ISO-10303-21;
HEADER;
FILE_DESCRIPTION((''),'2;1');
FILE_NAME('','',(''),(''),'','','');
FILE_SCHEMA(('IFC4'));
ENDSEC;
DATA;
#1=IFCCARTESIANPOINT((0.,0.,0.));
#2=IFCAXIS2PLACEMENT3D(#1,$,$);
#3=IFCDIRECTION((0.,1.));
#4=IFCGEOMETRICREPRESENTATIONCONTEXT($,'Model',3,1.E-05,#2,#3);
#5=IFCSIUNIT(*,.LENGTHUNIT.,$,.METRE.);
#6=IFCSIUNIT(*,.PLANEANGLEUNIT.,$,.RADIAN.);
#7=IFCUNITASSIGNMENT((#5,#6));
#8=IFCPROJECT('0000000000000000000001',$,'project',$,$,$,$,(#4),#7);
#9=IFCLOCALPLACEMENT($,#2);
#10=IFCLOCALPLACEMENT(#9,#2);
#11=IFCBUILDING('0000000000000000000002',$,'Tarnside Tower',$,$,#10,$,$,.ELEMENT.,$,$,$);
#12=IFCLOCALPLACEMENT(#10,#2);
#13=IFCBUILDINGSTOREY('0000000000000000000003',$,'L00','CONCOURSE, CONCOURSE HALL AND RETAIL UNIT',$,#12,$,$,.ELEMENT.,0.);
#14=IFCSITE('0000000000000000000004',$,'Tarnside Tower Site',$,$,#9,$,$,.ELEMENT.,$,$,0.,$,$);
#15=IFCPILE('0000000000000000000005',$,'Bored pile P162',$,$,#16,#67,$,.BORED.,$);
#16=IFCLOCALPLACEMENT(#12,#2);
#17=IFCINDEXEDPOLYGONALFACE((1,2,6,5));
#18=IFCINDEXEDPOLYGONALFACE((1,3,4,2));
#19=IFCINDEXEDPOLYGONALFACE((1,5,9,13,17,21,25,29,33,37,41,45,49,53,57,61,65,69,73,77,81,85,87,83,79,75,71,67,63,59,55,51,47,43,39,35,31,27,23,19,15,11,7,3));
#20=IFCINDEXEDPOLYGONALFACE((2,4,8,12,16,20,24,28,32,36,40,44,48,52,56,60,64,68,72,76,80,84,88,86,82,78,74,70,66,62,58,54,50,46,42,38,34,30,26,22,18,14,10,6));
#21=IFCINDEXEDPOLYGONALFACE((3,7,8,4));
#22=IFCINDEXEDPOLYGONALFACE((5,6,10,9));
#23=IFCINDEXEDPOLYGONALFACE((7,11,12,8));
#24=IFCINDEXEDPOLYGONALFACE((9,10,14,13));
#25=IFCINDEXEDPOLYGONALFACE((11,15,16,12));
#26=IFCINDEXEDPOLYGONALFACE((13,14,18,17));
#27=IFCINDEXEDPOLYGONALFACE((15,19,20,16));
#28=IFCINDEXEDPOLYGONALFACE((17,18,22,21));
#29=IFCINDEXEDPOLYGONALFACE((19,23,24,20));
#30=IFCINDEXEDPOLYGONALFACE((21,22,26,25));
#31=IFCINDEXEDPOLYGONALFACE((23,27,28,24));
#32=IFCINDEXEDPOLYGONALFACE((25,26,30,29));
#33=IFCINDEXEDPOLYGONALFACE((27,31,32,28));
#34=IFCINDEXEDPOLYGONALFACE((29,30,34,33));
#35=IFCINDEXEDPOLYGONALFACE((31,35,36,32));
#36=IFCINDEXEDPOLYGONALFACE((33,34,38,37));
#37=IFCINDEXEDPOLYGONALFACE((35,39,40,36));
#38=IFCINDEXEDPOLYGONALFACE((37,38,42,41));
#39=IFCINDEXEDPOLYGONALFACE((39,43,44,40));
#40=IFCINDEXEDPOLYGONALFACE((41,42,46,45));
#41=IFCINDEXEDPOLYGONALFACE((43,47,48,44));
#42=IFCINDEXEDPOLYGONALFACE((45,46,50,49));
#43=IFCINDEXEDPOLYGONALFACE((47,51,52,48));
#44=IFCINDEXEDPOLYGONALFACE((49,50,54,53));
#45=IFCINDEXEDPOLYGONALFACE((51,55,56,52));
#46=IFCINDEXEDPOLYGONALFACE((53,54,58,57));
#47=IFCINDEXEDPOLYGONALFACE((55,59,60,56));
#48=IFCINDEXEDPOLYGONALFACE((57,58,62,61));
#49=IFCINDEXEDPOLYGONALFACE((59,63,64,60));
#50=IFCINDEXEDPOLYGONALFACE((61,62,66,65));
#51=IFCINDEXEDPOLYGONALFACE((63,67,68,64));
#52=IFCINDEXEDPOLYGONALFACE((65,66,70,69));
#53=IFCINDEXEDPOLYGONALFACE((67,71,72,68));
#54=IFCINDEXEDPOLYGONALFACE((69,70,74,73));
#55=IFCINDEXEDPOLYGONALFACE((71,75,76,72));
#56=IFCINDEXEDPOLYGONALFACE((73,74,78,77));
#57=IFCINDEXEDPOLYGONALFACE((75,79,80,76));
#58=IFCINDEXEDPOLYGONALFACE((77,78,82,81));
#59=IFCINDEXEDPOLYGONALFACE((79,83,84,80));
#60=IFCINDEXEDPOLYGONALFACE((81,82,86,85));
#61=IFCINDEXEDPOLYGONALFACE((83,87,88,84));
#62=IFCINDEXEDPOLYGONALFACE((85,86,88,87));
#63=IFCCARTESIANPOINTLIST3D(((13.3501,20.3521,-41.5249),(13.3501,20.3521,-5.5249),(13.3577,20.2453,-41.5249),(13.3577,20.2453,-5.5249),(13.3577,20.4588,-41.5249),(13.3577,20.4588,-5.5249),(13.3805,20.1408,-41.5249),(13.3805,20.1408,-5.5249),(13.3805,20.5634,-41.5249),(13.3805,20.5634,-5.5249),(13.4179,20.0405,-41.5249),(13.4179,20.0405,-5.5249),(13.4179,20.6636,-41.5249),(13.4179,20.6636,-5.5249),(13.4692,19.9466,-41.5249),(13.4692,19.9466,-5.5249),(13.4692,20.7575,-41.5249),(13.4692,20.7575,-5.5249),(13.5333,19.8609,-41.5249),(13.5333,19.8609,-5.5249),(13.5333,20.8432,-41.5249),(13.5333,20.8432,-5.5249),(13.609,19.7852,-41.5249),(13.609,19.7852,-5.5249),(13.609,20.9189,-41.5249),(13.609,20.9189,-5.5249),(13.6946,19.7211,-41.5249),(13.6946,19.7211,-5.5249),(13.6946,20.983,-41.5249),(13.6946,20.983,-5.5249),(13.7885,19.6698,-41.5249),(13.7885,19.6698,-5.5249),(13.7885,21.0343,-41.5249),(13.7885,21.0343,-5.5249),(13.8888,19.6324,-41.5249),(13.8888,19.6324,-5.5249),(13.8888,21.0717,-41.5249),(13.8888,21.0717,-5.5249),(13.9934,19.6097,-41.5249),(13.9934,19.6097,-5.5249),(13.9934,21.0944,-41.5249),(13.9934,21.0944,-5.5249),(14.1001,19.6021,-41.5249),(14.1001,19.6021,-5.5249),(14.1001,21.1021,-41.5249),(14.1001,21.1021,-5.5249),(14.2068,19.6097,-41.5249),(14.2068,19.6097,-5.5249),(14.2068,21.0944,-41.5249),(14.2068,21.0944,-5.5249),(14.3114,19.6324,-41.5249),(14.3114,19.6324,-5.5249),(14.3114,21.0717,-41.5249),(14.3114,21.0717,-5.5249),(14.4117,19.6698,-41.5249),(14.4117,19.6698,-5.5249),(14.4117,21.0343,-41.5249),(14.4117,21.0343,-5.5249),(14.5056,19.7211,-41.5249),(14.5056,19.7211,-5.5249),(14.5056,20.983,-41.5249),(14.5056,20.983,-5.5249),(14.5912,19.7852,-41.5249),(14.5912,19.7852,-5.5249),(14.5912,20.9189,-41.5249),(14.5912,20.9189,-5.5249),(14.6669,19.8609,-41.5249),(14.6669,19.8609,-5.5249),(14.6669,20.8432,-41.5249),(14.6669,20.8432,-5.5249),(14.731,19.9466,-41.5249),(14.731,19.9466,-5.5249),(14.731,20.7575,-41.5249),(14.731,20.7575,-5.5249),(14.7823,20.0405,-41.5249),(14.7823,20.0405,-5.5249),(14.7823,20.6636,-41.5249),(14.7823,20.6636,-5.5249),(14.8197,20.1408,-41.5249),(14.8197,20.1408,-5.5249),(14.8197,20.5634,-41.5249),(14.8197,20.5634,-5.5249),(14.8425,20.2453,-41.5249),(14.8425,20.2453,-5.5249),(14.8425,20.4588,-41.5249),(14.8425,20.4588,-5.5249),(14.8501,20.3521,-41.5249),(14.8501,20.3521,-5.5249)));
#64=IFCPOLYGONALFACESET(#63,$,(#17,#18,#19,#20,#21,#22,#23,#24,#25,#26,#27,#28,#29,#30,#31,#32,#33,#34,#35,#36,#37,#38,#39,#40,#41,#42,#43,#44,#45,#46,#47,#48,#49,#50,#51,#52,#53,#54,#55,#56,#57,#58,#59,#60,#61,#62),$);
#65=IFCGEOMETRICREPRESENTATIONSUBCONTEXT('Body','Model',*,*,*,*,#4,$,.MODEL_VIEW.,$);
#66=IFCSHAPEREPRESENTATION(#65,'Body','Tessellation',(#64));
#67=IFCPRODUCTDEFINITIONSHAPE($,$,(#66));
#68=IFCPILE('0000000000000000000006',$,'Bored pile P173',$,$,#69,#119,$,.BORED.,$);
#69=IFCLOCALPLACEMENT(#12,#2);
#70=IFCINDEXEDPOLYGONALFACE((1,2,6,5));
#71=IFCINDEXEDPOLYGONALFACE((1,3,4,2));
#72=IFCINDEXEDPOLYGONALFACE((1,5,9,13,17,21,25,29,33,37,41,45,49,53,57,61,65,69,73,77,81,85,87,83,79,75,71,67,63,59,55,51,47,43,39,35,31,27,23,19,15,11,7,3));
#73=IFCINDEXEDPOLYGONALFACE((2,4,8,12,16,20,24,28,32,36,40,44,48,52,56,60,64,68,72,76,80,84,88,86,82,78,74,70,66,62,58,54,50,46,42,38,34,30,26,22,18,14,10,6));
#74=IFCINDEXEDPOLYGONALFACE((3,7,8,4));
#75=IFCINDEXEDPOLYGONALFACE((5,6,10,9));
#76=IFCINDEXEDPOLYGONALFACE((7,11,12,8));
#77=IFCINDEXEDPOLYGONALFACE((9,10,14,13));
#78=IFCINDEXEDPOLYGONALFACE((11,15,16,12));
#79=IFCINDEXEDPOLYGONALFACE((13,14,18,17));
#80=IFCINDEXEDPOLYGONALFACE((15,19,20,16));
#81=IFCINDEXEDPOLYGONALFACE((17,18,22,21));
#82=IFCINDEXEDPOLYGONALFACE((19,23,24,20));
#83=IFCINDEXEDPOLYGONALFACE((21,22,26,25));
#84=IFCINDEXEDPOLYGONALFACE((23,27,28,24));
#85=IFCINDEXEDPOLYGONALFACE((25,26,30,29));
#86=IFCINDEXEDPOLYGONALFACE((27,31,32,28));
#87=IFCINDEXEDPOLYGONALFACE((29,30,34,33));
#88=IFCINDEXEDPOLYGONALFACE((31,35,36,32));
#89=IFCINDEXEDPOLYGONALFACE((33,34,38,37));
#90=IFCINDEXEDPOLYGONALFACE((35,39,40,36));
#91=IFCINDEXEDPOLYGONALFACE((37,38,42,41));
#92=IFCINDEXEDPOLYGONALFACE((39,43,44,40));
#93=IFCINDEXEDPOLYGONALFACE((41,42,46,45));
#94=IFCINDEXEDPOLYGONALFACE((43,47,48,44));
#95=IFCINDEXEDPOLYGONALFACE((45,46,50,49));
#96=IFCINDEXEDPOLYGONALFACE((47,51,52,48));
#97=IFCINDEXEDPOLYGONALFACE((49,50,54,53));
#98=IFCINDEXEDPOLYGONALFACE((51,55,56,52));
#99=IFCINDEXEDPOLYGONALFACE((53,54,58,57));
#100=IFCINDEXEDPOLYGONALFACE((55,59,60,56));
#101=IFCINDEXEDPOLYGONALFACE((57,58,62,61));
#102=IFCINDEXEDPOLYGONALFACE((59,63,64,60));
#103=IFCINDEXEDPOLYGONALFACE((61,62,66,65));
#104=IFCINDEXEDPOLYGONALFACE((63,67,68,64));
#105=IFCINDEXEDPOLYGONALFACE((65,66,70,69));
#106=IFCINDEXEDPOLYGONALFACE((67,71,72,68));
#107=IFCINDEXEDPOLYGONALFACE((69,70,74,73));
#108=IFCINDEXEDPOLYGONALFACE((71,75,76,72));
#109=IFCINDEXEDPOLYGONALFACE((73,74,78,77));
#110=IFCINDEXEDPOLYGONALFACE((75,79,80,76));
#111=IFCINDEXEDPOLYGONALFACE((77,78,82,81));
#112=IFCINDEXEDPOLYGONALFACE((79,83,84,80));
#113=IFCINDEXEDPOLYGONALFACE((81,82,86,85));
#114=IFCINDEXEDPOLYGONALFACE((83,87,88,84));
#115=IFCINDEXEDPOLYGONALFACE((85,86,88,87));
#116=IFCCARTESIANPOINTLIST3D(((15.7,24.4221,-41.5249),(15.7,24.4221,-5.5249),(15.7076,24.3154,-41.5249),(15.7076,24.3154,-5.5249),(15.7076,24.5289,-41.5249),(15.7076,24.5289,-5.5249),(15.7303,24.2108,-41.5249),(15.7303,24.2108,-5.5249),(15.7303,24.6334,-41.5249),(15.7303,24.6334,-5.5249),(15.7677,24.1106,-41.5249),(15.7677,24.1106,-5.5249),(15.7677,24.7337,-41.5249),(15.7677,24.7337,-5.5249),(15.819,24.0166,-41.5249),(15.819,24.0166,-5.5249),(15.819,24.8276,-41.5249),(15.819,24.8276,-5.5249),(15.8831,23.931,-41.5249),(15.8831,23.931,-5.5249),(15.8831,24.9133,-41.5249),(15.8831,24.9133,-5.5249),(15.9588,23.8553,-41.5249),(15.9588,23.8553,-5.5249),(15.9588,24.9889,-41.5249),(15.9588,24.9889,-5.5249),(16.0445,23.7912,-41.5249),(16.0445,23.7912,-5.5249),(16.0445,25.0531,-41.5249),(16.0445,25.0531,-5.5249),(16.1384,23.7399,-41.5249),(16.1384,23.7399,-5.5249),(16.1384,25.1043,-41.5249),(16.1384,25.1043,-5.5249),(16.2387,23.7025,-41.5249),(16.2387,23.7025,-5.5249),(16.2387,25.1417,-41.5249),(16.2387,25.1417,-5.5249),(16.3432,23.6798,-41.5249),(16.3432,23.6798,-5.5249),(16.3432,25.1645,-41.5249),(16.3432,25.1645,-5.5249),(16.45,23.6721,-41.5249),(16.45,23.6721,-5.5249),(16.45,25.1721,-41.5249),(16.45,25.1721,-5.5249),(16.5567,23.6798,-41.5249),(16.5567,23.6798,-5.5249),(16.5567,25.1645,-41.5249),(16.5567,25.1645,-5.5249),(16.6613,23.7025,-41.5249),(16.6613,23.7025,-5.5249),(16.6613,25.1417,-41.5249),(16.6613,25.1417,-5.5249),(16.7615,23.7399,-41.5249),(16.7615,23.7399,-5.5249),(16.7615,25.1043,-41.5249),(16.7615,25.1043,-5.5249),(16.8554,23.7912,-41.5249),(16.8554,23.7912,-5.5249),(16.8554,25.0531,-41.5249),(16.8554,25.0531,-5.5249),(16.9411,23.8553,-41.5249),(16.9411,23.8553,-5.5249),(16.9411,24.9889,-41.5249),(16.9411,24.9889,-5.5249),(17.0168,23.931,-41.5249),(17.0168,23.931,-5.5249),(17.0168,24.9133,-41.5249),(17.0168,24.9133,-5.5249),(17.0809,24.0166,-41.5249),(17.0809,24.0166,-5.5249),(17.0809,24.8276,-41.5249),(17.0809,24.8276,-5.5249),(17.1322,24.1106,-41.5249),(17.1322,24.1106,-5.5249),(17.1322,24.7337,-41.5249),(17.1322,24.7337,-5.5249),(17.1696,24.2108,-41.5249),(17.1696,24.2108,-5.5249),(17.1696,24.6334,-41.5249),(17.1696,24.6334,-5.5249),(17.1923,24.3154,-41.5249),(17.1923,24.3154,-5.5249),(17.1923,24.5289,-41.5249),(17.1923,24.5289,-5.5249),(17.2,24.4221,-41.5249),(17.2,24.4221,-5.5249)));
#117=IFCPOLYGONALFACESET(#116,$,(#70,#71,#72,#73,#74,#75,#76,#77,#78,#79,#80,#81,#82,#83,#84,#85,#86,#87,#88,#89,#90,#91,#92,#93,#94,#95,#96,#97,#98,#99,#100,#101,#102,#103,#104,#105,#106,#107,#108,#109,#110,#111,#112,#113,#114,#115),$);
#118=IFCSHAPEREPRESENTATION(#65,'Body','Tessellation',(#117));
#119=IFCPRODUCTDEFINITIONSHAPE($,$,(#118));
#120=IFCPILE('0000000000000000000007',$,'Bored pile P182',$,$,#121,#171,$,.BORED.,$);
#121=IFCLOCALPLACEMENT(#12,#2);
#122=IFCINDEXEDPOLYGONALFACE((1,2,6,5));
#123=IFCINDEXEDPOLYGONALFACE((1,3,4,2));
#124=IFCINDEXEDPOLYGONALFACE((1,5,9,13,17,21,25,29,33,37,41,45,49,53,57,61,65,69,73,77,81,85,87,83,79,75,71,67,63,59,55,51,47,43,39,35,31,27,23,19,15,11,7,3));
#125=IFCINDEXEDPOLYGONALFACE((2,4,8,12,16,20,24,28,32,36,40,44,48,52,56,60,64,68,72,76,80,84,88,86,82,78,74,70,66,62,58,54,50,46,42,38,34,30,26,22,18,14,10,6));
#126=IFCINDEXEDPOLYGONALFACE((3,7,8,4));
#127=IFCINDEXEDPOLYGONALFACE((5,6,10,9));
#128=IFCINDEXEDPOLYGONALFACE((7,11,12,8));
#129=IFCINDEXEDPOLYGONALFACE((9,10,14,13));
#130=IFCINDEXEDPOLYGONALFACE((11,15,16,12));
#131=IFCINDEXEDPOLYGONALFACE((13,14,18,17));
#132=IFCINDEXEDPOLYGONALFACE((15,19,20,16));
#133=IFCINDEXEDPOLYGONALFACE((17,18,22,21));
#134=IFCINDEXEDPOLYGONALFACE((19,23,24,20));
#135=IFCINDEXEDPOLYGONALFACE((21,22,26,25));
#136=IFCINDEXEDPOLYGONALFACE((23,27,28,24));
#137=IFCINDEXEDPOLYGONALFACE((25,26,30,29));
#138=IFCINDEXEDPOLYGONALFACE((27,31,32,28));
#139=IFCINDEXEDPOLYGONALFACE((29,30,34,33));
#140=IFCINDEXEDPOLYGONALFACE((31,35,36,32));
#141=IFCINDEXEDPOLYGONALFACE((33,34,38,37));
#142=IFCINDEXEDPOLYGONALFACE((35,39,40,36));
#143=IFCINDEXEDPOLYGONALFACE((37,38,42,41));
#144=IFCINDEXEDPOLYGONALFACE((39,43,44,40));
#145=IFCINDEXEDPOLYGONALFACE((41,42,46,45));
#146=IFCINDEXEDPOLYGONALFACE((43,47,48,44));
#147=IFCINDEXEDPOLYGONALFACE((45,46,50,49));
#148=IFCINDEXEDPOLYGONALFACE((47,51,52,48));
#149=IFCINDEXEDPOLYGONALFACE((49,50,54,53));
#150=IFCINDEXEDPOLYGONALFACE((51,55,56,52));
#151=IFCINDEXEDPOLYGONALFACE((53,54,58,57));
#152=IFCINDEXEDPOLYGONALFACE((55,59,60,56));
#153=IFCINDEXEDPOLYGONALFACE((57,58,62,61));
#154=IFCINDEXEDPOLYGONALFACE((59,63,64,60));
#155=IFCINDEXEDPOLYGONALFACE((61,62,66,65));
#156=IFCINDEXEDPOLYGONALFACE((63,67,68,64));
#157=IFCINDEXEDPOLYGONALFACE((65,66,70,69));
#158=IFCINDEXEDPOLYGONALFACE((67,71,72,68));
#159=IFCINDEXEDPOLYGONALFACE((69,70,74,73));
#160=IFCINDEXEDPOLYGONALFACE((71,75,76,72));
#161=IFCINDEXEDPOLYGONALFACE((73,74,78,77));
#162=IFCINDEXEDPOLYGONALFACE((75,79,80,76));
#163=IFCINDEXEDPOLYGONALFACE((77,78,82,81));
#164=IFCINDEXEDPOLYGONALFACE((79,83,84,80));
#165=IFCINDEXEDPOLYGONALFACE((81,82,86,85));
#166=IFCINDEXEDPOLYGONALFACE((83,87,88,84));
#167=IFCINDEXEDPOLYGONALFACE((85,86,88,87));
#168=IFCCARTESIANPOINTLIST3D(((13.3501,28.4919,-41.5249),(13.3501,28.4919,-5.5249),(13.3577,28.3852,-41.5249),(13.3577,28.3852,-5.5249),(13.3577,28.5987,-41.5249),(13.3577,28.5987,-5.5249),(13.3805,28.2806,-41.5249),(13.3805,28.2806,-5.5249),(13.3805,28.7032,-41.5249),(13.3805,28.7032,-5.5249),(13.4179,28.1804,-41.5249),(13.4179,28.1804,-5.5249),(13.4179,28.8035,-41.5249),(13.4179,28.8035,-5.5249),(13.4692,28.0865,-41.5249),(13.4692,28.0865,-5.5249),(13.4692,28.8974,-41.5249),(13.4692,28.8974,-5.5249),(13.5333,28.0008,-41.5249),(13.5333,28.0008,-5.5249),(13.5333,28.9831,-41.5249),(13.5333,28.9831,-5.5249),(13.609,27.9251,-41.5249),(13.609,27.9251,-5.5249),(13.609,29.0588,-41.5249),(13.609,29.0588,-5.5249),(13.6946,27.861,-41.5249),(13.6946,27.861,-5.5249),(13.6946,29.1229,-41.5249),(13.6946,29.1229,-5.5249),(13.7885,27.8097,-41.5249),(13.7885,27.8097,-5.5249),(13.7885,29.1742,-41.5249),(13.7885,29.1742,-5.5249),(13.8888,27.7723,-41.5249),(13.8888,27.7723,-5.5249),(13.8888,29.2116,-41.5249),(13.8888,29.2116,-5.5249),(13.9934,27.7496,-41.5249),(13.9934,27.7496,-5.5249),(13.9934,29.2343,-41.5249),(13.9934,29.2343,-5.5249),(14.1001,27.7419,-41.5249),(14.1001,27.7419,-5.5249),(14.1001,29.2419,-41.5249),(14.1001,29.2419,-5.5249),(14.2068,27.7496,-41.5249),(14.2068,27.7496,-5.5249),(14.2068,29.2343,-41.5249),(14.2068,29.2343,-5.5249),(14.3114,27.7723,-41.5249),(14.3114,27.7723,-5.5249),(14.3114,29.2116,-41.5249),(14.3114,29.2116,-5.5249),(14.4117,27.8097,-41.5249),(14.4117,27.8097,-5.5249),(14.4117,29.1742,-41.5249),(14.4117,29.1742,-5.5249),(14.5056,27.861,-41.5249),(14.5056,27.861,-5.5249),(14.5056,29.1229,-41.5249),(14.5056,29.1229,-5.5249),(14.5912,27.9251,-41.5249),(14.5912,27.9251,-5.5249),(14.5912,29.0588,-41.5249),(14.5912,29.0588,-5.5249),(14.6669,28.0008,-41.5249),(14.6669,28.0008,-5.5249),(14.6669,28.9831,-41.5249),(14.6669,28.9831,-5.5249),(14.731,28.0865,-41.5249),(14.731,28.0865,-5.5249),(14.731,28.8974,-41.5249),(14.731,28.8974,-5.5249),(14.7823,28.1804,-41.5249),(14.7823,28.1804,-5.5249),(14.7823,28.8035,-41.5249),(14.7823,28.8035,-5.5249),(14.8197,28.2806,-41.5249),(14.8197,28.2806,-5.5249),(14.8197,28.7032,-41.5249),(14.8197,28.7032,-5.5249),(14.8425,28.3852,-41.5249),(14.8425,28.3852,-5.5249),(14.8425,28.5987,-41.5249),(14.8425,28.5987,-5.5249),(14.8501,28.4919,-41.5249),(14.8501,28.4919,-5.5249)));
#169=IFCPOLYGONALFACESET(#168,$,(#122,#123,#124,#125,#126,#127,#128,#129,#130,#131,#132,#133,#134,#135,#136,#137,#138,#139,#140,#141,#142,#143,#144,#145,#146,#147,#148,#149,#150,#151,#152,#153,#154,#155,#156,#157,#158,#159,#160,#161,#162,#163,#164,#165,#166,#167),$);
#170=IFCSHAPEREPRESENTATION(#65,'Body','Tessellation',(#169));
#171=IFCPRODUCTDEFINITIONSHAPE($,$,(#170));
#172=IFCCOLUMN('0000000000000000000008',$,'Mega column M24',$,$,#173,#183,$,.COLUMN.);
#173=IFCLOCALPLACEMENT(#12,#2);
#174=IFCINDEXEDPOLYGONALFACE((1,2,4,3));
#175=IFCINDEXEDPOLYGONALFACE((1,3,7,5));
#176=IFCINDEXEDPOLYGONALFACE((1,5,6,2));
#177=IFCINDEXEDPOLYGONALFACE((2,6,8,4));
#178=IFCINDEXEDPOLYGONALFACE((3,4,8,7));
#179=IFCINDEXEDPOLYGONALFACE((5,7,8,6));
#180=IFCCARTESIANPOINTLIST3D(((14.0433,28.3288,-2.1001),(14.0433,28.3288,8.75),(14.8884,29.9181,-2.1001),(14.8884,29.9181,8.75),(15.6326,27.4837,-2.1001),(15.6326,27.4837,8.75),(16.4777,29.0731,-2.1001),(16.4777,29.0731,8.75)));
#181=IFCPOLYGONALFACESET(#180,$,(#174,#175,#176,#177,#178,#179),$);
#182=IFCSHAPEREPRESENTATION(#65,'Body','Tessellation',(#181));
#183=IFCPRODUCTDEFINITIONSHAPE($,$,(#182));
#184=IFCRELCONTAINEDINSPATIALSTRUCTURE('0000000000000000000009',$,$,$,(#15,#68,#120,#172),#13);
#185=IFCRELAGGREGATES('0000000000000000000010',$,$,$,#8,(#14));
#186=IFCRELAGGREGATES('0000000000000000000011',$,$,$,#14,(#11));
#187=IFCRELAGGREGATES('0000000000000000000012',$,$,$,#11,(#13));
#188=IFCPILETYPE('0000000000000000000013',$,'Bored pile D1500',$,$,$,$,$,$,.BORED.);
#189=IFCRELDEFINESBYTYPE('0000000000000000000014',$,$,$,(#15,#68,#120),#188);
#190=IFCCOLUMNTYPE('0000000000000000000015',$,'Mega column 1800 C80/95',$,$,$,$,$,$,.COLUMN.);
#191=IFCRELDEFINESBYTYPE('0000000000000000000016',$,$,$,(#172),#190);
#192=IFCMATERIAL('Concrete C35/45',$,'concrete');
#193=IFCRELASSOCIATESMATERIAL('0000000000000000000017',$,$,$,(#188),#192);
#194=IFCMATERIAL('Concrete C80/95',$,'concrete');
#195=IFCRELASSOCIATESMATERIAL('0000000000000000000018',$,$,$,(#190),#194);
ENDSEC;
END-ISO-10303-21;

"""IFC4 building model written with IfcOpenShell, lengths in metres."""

from ifc_helpers import new_model, si_unit, direction, frame, origin, origin_2d, place, context, subcontext, project, spatial, rectangle, circle, extrude, material, material_profile, profile_set, type_object, element, save


model = new_model("IFC4")

# Units and contexts
model_context = context("Model", 3, precision=1e-05, world=origin(), true_north=direction((0.0, 1.0)))
body_context = subcontext(model_context, "Body", "Model", "MODEL_VIEW")
ifc_project = project(units=[si_unit("LENGTHUNIT", "METRE"), si_unit("PLANEANGLEUNIT", "RADIAN")], contexts=[model_context])

# Site, building, storey
site_placement = place(None, origin())
site = spatial("IfcSite", under=ifc_project, at=site_placement, Name="Tarnside Tower Site", CompositionType="ELEMENT", RefElevation=0.0)
building_placement = place(site_placement, origin())
building = spatial("IfcBuilding", under=site, at=building_placement, Name="Tarnside Tower", CompositionType="ELEMENT")
storey_placement = place(building_placement, origin())
storey = spatial("IfcBuildingStorey", under=building, at=storey_placement, Name="L00", Description="CONCOURSE, CONCOURSE HALL AND RETAIL UNIT", CompositionType="ELEMENT", Elevation=0.0)

# Piles
ifc_material_1 = material(Name="Concrete C35/45", Category="concrete")
ifc_material_profile_1 = material_profile(ifc_material_1, circle(Radius=0.75, at=origin_2d()), Name="Bored pile D1500")
ifc_profile_set_1 = profile_set([ifc_material_profile_1], Name="Concrete C35/45")
pile_type = type_object("IfcPileType", Name="Bored pile D1500", PredefinedType="BORED", material=ifc_profile_set_1)
for number, where, z_axis, x_axis, name in (
    (1, (14.1001, 20.3521, -5.5249), (0.0, 0.0, -1.0), (1.0, 0.0, 0.0), "Bored pile P162"),
    (2, (16.45, 24.4221, -5.5249), (0.0, 0.0, -1.0), (1.0, 0.0, 0.0), "Bored pile P173"),
    (3, (14.1001, 28.4919, -5.5249), (0.0, 0.0, -1.0), (1.0, 0.0, 0.0), "Bored pile P182"),
):
    element("IfcPile", number, at=place(storey_placement, frame(where, z_axis=z_axis, x_axis=x_axis)), inside=storey, type_object=pile_type, Name=name, PredefinedType="BORED", context=body_context, shape_type="SweptSolid", body=[
        extrude(circle(Radius=0.75, at=origin_2d()), origin(), (0.0, 0.0, 1.0), 36.0),
    ])

# Column
ifc_material_2 = material(Name="Concrete C80/95", Category="concrete")
ifc_material_profile_2 = material_profile(ifc_material_2, rectangle(XDim=1.8, YDim=1.8, at=origin_2d()), Name="Mega column 1800x1800")
ifc_profile_set_2 = profile_set([ifc_material_profile_2], Name="Concrete C80/95")
column_type_1 = type_object("IfcColumnType", Name="Mega column 1800 C80/95", PredefinedType="COLUMN", material=ifc_profile_set_2)
column_1_placement = place(storey_placement, frame((15.2605, 28.7009, -2.1001), z_axis=(0.0, 0.0, 1.0), x_axis=(0.882948, -0.469472, 0.0)))
element("IfcColumn", 4, at=column_1_placement, inside=storey, type_object=column_type_1, Name="Mega column M24", PredefinedType="COLUMN", context=body_context, shape_type="SweptSolid", body=[
    extrude(rectangle(XDim=1.8, YDim=1.8, at=origin_2d()), origin(), (0.0, 0.0, 1.0), 10.8501),
])

save(model, "model.ifc")
